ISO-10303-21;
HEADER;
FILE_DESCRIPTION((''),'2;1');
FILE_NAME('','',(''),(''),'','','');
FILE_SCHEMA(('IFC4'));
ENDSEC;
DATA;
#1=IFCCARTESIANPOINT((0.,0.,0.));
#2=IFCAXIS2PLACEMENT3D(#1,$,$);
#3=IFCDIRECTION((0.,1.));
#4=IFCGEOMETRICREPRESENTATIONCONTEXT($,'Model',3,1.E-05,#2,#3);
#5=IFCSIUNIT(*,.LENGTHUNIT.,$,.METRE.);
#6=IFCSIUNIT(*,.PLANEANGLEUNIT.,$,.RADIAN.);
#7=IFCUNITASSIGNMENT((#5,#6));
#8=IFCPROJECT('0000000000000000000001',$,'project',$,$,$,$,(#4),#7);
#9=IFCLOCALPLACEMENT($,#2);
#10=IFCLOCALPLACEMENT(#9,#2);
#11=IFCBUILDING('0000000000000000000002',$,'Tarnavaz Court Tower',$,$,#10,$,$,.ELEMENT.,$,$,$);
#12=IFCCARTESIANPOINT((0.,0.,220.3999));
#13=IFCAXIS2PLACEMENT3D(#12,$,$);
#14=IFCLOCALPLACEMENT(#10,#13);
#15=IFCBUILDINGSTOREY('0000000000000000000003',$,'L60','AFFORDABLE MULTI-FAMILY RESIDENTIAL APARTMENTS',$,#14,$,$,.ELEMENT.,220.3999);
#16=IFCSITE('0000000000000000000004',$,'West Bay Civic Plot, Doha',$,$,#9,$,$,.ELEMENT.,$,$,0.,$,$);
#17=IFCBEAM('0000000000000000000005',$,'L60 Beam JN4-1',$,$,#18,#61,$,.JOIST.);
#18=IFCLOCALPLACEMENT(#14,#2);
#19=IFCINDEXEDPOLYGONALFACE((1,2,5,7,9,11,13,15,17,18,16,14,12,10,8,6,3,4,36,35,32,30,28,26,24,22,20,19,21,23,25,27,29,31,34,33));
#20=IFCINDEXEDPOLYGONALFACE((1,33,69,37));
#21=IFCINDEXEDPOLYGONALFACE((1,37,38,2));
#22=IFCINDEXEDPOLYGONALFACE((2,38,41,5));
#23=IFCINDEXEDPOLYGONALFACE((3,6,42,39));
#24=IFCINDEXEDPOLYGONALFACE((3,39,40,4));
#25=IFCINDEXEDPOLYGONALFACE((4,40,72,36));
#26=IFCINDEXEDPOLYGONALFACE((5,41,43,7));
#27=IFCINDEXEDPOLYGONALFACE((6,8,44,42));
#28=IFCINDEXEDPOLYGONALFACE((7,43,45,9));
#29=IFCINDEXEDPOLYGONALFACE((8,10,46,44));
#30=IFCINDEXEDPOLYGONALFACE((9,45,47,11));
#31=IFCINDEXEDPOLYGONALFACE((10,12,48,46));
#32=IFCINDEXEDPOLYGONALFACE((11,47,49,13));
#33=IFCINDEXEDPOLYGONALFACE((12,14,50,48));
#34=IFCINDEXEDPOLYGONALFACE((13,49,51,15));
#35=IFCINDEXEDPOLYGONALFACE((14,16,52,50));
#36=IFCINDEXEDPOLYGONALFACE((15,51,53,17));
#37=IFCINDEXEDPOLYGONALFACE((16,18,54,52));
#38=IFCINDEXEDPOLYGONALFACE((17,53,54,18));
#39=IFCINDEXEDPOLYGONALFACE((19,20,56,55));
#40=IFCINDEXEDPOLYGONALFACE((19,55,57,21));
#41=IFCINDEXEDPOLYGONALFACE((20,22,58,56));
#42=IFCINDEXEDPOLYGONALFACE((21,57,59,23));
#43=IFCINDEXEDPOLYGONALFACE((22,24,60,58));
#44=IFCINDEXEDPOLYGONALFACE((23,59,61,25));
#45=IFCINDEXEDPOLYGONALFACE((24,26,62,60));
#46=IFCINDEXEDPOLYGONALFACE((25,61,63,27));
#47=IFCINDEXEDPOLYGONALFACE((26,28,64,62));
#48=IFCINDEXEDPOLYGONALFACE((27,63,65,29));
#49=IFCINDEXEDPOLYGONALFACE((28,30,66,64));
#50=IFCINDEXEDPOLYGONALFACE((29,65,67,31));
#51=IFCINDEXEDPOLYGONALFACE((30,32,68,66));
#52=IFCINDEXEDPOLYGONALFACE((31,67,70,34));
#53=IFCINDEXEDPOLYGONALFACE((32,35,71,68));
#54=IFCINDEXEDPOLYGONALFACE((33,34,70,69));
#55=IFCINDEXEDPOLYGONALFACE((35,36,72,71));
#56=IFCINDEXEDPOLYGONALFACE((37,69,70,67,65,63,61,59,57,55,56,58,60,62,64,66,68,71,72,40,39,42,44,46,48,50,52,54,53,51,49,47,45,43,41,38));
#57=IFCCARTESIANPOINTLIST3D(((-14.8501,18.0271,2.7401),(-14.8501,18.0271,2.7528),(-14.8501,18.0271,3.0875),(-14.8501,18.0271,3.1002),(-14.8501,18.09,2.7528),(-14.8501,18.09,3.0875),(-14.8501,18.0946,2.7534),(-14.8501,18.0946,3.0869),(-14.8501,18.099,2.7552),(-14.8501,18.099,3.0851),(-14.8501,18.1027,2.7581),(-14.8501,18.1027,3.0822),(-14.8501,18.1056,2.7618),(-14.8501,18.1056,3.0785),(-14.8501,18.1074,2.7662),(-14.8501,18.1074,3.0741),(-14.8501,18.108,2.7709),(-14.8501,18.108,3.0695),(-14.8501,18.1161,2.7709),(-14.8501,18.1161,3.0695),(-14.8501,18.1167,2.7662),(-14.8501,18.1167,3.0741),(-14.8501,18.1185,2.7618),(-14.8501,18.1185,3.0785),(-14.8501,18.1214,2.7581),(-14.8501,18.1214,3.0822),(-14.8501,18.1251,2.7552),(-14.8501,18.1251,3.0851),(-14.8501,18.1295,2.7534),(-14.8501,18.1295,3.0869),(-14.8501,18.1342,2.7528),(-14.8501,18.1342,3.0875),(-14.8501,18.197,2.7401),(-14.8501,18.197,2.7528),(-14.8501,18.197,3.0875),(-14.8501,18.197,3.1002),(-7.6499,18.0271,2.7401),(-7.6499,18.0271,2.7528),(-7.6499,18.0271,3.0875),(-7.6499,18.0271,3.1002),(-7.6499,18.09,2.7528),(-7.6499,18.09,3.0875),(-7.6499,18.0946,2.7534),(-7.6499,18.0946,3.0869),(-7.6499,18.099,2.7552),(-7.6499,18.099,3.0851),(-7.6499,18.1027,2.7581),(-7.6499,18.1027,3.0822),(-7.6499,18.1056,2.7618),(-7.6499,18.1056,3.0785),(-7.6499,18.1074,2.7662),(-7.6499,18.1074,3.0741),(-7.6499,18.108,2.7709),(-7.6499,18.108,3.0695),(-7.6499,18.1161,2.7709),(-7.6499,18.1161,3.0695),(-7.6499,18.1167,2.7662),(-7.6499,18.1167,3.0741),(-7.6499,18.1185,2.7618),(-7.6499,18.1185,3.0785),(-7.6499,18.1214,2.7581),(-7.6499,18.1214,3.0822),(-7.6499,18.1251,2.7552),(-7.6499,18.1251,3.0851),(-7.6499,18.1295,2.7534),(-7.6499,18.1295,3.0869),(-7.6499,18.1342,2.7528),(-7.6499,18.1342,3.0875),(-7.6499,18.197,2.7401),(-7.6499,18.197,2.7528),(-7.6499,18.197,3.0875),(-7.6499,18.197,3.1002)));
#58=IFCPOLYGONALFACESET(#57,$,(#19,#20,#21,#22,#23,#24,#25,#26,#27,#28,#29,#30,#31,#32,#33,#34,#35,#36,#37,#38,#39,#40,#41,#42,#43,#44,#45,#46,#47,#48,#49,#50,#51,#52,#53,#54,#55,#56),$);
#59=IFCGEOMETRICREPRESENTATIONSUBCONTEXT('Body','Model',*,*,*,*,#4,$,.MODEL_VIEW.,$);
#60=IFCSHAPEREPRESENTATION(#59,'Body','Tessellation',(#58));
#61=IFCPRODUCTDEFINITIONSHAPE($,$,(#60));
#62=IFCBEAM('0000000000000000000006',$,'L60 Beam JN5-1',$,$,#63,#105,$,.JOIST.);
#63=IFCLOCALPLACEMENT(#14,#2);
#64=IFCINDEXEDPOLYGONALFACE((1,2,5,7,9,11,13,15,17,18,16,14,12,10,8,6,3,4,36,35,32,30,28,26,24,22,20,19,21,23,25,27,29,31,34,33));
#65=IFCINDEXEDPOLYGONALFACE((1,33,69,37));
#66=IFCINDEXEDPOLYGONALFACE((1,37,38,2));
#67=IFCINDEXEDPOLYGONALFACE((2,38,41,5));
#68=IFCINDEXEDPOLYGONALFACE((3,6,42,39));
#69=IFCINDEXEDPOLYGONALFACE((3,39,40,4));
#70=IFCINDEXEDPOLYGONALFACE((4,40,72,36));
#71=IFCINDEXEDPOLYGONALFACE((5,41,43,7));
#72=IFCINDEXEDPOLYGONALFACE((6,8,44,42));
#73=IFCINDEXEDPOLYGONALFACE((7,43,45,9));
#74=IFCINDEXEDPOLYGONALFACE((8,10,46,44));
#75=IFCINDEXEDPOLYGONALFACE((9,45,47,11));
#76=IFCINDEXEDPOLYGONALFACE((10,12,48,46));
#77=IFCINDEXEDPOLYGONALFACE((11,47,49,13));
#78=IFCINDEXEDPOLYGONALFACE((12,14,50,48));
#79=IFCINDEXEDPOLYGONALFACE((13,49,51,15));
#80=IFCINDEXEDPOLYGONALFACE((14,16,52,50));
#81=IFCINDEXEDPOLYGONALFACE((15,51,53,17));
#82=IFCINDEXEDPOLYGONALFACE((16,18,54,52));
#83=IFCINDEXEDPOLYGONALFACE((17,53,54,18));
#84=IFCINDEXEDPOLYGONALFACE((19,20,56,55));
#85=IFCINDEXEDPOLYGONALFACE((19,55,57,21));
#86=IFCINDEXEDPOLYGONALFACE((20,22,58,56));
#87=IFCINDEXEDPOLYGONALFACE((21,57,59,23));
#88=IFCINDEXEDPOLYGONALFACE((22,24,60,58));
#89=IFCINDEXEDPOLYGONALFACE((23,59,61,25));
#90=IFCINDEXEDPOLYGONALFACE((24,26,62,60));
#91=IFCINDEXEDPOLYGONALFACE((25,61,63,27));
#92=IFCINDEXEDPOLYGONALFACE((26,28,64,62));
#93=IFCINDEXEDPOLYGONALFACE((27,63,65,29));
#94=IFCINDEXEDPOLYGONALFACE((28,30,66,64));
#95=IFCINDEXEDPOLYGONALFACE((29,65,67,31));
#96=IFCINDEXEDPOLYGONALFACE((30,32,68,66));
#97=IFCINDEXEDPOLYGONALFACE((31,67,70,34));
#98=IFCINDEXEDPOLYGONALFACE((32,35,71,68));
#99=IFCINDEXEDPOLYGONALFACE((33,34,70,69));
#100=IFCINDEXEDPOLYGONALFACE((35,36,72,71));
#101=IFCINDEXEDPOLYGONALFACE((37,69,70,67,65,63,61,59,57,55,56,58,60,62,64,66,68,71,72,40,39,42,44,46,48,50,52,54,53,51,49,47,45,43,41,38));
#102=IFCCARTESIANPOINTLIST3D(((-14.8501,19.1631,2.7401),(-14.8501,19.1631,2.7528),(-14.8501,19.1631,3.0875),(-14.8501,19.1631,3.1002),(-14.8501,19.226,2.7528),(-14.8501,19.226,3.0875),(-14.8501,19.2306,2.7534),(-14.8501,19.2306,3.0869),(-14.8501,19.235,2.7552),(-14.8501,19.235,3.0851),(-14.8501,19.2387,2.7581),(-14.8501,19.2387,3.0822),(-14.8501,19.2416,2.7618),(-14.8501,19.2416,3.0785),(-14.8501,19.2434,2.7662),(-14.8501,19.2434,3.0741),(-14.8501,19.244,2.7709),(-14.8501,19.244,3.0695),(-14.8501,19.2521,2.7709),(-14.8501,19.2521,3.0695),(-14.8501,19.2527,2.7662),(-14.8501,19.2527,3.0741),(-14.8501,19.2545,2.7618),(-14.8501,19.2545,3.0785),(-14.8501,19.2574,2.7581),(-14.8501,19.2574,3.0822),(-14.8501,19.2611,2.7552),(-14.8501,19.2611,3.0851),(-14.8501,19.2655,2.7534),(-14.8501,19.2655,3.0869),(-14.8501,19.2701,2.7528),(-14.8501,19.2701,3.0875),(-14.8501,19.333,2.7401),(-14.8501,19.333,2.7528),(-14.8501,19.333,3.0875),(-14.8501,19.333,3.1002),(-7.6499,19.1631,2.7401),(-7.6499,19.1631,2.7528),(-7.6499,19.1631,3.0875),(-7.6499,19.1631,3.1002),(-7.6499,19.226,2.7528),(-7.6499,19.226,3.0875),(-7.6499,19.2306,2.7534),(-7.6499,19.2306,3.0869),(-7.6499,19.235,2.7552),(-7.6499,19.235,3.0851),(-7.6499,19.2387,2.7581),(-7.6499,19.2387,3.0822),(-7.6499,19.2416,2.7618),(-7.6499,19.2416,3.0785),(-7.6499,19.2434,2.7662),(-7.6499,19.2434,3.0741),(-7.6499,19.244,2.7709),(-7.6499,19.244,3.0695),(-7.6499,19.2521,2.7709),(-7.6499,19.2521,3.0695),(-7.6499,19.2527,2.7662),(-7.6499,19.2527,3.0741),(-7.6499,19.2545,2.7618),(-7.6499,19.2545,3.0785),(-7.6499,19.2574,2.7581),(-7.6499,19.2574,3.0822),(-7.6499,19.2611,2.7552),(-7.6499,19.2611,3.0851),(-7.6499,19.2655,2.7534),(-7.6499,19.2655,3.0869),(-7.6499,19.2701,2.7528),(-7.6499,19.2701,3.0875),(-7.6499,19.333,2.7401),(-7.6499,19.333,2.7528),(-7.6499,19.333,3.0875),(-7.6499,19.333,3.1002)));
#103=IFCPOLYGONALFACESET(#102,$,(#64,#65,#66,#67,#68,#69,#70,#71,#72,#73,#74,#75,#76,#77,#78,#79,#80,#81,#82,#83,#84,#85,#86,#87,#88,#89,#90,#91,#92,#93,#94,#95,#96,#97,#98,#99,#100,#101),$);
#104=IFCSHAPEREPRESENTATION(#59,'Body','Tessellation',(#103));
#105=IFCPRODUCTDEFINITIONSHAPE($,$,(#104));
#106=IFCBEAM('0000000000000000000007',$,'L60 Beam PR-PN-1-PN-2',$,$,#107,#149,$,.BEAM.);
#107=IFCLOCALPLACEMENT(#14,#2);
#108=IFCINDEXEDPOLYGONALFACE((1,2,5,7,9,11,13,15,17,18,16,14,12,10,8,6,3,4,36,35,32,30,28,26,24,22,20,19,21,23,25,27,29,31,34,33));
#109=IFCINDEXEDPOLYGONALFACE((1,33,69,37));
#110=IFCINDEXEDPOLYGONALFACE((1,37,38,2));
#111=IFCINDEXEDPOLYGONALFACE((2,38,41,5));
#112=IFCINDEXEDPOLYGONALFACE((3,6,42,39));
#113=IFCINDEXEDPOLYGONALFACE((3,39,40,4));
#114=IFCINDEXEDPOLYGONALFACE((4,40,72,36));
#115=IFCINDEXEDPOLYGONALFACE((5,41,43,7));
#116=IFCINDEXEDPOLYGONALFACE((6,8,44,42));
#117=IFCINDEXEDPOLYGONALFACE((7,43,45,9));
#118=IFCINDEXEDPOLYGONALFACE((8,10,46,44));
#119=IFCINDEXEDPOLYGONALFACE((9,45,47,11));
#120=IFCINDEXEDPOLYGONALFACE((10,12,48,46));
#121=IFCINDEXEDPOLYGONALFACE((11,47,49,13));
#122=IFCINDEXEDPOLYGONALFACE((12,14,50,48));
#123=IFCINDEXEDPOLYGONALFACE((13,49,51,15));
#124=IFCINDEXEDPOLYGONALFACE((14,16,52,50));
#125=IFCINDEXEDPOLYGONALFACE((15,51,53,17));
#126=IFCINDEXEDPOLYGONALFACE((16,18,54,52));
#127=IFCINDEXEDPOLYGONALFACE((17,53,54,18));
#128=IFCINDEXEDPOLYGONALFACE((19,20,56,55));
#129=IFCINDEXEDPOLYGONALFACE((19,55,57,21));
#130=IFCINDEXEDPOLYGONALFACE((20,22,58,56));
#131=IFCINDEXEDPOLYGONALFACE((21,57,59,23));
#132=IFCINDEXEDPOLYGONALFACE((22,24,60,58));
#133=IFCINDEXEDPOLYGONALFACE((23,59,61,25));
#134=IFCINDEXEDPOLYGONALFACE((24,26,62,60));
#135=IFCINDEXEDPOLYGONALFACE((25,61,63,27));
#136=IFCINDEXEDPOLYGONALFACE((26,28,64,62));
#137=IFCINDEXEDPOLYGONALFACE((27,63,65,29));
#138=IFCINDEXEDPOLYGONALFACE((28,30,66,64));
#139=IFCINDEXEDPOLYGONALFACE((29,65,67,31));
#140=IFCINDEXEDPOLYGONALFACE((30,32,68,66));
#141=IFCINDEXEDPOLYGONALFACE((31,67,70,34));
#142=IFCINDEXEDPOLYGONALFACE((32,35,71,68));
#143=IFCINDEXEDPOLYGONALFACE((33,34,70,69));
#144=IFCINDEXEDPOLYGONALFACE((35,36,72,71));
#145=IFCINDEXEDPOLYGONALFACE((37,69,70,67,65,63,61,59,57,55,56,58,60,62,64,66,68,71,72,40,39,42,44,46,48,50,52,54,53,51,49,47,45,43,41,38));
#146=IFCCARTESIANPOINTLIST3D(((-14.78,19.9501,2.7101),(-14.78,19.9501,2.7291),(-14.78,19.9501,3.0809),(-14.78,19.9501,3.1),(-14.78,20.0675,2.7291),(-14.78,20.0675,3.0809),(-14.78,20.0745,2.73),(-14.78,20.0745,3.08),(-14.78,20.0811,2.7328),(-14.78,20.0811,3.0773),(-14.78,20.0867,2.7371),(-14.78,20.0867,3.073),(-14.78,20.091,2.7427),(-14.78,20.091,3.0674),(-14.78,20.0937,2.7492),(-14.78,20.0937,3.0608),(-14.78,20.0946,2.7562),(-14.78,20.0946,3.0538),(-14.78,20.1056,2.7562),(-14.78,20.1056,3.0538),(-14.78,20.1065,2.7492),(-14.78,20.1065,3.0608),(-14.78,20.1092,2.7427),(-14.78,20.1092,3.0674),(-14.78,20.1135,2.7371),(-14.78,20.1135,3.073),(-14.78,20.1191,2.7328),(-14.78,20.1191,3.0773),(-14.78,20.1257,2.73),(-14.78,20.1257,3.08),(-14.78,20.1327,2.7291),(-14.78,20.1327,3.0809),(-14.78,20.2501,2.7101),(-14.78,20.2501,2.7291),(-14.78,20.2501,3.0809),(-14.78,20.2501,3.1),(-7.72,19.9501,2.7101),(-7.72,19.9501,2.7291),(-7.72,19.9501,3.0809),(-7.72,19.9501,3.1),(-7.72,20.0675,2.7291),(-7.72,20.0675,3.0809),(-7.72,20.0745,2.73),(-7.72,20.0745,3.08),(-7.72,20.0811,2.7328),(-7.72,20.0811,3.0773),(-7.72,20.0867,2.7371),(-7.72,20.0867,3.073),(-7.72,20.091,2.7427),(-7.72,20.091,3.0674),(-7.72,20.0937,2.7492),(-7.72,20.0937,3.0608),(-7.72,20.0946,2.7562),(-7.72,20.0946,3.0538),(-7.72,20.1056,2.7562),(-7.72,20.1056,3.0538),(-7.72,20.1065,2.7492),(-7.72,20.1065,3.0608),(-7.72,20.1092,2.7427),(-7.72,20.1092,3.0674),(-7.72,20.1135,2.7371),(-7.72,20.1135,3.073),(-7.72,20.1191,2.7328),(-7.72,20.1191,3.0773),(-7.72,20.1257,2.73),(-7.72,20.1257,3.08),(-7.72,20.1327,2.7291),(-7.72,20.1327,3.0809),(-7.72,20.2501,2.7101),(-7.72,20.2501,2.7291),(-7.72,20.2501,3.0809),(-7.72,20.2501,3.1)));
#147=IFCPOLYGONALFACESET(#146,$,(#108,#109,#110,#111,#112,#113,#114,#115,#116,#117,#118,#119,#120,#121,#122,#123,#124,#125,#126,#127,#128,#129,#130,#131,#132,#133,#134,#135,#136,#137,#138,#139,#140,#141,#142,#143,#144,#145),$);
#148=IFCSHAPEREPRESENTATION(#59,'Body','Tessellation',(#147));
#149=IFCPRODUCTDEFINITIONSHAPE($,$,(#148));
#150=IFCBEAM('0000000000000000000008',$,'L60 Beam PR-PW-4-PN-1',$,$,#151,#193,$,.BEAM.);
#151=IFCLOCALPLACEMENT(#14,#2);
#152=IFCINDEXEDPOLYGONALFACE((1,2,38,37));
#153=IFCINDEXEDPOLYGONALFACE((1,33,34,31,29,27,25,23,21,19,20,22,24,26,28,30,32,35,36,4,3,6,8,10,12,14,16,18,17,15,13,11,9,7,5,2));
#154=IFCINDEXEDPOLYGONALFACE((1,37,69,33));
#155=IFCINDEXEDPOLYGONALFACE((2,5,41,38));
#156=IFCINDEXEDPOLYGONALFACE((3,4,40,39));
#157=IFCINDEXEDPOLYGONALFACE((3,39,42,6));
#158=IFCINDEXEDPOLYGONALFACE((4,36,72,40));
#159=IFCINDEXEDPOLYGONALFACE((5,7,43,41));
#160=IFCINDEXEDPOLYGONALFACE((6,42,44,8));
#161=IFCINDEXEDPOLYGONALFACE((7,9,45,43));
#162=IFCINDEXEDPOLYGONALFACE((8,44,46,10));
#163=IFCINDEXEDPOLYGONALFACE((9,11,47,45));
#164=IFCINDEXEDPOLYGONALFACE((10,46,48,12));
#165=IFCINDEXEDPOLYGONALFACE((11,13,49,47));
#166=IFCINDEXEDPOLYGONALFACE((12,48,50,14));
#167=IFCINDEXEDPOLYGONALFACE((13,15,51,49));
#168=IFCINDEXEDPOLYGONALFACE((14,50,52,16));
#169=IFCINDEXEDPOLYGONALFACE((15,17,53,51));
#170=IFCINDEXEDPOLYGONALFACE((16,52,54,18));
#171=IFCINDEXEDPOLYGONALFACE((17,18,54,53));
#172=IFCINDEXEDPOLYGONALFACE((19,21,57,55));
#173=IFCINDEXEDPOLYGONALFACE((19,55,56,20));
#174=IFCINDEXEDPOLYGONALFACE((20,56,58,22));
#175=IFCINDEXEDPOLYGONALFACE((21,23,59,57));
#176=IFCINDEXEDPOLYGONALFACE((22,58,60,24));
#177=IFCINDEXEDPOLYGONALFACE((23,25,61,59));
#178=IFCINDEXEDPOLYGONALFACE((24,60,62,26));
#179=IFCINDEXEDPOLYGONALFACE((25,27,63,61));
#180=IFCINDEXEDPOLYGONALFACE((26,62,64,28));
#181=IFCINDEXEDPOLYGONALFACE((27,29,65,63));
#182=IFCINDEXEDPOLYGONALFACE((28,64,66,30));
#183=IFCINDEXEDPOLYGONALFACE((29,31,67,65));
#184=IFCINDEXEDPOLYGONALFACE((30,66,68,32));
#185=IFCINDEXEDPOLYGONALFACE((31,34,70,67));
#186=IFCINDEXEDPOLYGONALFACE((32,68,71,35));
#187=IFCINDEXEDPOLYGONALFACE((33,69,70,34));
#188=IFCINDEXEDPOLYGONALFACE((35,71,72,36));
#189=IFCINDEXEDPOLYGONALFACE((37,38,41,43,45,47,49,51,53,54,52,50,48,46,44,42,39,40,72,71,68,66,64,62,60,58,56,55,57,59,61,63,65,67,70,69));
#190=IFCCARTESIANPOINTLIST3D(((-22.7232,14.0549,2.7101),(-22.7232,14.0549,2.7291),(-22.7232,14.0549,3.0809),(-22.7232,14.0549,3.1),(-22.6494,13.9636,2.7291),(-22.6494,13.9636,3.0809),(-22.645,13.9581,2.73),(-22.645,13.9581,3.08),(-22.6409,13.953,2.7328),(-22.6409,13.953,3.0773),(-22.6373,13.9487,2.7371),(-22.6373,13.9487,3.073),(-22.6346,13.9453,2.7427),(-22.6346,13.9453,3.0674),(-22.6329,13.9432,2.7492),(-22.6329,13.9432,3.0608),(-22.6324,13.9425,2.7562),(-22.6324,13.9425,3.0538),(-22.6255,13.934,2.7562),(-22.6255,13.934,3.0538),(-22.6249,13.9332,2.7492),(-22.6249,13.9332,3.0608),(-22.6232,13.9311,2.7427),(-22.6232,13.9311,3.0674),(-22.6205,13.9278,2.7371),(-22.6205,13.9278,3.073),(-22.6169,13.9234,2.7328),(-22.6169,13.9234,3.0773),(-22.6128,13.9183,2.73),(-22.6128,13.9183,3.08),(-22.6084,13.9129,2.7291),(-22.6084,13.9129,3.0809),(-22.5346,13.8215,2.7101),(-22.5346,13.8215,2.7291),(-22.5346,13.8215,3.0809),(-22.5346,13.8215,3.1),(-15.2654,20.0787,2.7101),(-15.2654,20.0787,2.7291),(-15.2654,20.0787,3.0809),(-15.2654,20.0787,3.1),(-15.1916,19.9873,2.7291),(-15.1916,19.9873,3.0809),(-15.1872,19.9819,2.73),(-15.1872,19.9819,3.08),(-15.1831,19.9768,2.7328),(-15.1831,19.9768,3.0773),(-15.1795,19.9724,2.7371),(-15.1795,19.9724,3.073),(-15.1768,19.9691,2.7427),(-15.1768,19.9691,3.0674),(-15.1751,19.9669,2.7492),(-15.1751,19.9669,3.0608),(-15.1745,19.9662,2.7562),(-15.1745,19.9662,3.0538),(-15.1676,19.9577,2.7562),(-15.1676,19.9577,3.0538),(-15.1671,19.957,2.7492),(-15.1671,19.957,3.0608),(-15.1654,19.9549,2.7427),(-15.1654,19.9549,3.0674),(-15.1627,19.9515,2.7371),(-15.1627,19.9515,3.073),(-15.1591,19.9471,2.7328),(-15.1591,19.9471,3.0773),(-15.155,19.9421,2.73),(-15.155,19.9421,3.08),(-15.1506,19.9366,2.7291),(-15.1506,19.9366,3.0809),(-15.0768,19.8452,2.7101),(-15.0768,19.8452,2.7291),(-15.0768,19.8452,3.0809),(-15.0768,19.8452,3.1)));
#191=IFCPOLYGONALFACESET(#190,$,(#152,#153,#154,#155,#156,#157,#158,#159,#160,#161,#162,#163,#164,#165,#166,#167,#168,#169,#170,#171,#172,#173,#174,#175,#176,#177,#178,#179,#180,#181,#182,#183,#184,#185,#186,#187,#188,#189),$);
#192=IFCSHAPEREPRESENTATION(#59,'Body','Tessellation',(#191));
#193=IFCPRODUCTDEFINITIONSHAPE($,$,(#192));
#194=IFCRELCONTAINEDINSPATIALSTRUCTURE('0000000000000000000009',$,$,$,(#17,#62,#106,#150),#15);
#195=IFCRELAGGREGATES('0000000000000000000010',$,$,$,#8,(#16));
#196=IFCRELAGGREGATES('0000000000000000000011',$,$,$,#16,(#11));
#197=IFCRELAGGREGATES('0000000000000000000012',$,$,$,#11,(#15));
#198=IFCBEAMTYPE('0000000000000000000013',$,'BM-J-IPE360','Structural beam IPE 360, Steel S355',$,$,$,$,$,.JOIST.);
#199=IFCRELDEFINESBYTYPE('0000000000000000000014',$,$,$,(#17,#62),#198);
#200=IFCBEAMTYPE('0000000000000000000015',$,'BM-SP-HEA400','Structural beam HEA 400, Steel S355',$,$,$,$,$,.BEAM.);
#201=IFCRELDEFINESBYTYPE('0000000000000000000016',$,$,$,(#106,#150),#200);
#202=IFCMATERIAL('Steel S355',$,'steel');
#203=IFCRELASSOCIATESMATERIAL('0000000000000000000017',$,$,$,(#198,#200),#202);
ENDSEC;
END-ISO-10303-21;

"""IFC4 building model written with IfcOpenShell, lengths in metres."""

from ifc_helpers import new_model, si_unit, direction, frame, origin, origin_2d, place, context, subcontext, project, spatial, i_section, extrude, material, material_profile, profile_set, type_object, element, save


model = new_model("IFC4")

# Units and contexts
model_context = context("Model", 3, precision=1e-05, world=origin(), true_north=direction((0.0, 1.0)))
body_context = subcontext(model_context, "Body", "Model", "MODEL_VIEW")
ifc_project = project(units=[si_unit("LENGTHUNIT", "METRE"), si_unit("PLANEANGLEUNIT", "RADIAN")], contexts=[model_context])

# Site, building, storey
site_placement = place(None, origin())
site = spatial("IfcSite", under=ifc_project, at=site_placement, Name="West Bay Civic Plot, Doha", CompositionType="ELEMENT", RefElevation=0.0)
building_placement = place(site_placement, origin())
building = spatial("IfcBuilding", under=site, at=building_placement, Name="Tarnavaz Court Tower", CompositionType="ELEMENT")
storey_placement = place(building_placement, frame((0.0, 0.0, 220.3999)))
storey = spatial("IfcBuildingStorey", under=building, at=storey_placement, Name="L60", Description="AFFORDABLE MULTI-FAMILY RESIDENTIAL APARTMENTS", CompositionType="ELEMENT", Elevation=220.3999)

# Beams
ifc_material_1 = material(Name="Steel S355", Category="steel")
ifc_material_profile_1 = material_profile(ifc_material_1, i_section(OverallWidth=0.1699, OverallDepth=0.3601, WebThickness=0.0081, FlangeThickness=0.0127, FilletRadius=0.0181, at=origin_2d()), Name="IPE 360")
ifc_profile_set_1 = profile_set([ifc_material_profile_1], Name="Steel S355")
beam_type_1 = type_object("IfcBeamType", Name="BM-J-IPE360", Description="Structural beam IPE 360, Steel S355", PredefinedType="JOIST", material=ifc_profile_set_1)
for number, where, z_axis, x_axis, name in (
    (1, (-14.8501, 18.1121, 2.9202), (1.0, 0.0, 0.0), (0.0, 1.0, 0.0), "L60 Beam JN4-1"),
    (2, (-14.8501, 19.248, 2.9202), (1.0, 0.0, 0.0), (0.0, 1.0, 0.0), "L60 Beam JN5-1"),
):
    element("IfcBeam", number, at=place(storey_placement, frame(where, z_axis=z_axis, x_axis=x_axis)), inside=storey, type_object=beam_type_1, Name=name, PredefinedType="JOIST", context=body_context, shape_type="SweptSolid", body=[
        extrude(i_section(OverallWidth=0.1699, OverallDepth=0.3601, WebThickness=0.0081, FlangeThickness=0.0127, FilletRadius=0.0181, at=origin_2d()), origin(), (0.0, 0.0, 1.0), 7.2002),
    ])
ifc_material_profile_2 = material_profile(ifc_material_1, i_section(OverallWidth=0.3, OverallDepth=0.3899, WebThickness=0.011, FlangeThickness=0.019, FilletRadius=0.0271, at=origin_2d()), Name="HEA 400")
ifc_profile_set_2 = profile_set([ifc_material_profile_2], Name="Steel S355")
beam_type_2 = type_object("IfcBeamType", Name="BM-SP-HEA400", Description="Structural beam HEA 400, Steel S355", PredefinedType="BEAM", material=ifc_profile_set_2)
beam_1_placement = place(storey_placement, frame((-14.78, 20.1001, 2.905), z_axis=(1.0, 0.0, 0.0), x_axis=(0.0, 1.0, 0.0)))
element("IfcBeam", 3, at=beam_1_placement, inside=storey, type_object=beam_type_2, Name="L60 Beam PR-PN-1-PN-2", PredefinedType="BEAM", context=body_context, shape_type="SweptSolid", body=[
    extrude(i_section(OverallWidth=0.3, OverallDepth=0.3899, WebThickness=0.011, FlangeThickness=0.019, FilletRadius=0.0271, at=origin_2d()), origin(), (0.0, 0.0, 1.0), 7.0601),
])
beam_2_placement = place(storey_placement, frame((-22.6289, 13.9382, 2.905), z_axis=(0.777936, 0.628344, 0.0), x_axis=(-0.628344, 0.777936, 0.0)))
element("IfcBeam", 4, at=beam_2_placement, inside=storey, type_object=beam_type_2, Name="L60 Beam PR-PW-4-PN-1", PredefinedType="BEAM", context=body_context, shape_type="SweptSolid", body=[
    extrude(i_section(OverallWidth=0.3, OverallDepth=0.3899, WebThickness=0.011, FlangeThickness=0.019, FilletRadius=0.0271, at=origin_2d()), origin(), (0.0, 0.0, 1.0), 9.5867),
])

save(model, "model.ifc")
